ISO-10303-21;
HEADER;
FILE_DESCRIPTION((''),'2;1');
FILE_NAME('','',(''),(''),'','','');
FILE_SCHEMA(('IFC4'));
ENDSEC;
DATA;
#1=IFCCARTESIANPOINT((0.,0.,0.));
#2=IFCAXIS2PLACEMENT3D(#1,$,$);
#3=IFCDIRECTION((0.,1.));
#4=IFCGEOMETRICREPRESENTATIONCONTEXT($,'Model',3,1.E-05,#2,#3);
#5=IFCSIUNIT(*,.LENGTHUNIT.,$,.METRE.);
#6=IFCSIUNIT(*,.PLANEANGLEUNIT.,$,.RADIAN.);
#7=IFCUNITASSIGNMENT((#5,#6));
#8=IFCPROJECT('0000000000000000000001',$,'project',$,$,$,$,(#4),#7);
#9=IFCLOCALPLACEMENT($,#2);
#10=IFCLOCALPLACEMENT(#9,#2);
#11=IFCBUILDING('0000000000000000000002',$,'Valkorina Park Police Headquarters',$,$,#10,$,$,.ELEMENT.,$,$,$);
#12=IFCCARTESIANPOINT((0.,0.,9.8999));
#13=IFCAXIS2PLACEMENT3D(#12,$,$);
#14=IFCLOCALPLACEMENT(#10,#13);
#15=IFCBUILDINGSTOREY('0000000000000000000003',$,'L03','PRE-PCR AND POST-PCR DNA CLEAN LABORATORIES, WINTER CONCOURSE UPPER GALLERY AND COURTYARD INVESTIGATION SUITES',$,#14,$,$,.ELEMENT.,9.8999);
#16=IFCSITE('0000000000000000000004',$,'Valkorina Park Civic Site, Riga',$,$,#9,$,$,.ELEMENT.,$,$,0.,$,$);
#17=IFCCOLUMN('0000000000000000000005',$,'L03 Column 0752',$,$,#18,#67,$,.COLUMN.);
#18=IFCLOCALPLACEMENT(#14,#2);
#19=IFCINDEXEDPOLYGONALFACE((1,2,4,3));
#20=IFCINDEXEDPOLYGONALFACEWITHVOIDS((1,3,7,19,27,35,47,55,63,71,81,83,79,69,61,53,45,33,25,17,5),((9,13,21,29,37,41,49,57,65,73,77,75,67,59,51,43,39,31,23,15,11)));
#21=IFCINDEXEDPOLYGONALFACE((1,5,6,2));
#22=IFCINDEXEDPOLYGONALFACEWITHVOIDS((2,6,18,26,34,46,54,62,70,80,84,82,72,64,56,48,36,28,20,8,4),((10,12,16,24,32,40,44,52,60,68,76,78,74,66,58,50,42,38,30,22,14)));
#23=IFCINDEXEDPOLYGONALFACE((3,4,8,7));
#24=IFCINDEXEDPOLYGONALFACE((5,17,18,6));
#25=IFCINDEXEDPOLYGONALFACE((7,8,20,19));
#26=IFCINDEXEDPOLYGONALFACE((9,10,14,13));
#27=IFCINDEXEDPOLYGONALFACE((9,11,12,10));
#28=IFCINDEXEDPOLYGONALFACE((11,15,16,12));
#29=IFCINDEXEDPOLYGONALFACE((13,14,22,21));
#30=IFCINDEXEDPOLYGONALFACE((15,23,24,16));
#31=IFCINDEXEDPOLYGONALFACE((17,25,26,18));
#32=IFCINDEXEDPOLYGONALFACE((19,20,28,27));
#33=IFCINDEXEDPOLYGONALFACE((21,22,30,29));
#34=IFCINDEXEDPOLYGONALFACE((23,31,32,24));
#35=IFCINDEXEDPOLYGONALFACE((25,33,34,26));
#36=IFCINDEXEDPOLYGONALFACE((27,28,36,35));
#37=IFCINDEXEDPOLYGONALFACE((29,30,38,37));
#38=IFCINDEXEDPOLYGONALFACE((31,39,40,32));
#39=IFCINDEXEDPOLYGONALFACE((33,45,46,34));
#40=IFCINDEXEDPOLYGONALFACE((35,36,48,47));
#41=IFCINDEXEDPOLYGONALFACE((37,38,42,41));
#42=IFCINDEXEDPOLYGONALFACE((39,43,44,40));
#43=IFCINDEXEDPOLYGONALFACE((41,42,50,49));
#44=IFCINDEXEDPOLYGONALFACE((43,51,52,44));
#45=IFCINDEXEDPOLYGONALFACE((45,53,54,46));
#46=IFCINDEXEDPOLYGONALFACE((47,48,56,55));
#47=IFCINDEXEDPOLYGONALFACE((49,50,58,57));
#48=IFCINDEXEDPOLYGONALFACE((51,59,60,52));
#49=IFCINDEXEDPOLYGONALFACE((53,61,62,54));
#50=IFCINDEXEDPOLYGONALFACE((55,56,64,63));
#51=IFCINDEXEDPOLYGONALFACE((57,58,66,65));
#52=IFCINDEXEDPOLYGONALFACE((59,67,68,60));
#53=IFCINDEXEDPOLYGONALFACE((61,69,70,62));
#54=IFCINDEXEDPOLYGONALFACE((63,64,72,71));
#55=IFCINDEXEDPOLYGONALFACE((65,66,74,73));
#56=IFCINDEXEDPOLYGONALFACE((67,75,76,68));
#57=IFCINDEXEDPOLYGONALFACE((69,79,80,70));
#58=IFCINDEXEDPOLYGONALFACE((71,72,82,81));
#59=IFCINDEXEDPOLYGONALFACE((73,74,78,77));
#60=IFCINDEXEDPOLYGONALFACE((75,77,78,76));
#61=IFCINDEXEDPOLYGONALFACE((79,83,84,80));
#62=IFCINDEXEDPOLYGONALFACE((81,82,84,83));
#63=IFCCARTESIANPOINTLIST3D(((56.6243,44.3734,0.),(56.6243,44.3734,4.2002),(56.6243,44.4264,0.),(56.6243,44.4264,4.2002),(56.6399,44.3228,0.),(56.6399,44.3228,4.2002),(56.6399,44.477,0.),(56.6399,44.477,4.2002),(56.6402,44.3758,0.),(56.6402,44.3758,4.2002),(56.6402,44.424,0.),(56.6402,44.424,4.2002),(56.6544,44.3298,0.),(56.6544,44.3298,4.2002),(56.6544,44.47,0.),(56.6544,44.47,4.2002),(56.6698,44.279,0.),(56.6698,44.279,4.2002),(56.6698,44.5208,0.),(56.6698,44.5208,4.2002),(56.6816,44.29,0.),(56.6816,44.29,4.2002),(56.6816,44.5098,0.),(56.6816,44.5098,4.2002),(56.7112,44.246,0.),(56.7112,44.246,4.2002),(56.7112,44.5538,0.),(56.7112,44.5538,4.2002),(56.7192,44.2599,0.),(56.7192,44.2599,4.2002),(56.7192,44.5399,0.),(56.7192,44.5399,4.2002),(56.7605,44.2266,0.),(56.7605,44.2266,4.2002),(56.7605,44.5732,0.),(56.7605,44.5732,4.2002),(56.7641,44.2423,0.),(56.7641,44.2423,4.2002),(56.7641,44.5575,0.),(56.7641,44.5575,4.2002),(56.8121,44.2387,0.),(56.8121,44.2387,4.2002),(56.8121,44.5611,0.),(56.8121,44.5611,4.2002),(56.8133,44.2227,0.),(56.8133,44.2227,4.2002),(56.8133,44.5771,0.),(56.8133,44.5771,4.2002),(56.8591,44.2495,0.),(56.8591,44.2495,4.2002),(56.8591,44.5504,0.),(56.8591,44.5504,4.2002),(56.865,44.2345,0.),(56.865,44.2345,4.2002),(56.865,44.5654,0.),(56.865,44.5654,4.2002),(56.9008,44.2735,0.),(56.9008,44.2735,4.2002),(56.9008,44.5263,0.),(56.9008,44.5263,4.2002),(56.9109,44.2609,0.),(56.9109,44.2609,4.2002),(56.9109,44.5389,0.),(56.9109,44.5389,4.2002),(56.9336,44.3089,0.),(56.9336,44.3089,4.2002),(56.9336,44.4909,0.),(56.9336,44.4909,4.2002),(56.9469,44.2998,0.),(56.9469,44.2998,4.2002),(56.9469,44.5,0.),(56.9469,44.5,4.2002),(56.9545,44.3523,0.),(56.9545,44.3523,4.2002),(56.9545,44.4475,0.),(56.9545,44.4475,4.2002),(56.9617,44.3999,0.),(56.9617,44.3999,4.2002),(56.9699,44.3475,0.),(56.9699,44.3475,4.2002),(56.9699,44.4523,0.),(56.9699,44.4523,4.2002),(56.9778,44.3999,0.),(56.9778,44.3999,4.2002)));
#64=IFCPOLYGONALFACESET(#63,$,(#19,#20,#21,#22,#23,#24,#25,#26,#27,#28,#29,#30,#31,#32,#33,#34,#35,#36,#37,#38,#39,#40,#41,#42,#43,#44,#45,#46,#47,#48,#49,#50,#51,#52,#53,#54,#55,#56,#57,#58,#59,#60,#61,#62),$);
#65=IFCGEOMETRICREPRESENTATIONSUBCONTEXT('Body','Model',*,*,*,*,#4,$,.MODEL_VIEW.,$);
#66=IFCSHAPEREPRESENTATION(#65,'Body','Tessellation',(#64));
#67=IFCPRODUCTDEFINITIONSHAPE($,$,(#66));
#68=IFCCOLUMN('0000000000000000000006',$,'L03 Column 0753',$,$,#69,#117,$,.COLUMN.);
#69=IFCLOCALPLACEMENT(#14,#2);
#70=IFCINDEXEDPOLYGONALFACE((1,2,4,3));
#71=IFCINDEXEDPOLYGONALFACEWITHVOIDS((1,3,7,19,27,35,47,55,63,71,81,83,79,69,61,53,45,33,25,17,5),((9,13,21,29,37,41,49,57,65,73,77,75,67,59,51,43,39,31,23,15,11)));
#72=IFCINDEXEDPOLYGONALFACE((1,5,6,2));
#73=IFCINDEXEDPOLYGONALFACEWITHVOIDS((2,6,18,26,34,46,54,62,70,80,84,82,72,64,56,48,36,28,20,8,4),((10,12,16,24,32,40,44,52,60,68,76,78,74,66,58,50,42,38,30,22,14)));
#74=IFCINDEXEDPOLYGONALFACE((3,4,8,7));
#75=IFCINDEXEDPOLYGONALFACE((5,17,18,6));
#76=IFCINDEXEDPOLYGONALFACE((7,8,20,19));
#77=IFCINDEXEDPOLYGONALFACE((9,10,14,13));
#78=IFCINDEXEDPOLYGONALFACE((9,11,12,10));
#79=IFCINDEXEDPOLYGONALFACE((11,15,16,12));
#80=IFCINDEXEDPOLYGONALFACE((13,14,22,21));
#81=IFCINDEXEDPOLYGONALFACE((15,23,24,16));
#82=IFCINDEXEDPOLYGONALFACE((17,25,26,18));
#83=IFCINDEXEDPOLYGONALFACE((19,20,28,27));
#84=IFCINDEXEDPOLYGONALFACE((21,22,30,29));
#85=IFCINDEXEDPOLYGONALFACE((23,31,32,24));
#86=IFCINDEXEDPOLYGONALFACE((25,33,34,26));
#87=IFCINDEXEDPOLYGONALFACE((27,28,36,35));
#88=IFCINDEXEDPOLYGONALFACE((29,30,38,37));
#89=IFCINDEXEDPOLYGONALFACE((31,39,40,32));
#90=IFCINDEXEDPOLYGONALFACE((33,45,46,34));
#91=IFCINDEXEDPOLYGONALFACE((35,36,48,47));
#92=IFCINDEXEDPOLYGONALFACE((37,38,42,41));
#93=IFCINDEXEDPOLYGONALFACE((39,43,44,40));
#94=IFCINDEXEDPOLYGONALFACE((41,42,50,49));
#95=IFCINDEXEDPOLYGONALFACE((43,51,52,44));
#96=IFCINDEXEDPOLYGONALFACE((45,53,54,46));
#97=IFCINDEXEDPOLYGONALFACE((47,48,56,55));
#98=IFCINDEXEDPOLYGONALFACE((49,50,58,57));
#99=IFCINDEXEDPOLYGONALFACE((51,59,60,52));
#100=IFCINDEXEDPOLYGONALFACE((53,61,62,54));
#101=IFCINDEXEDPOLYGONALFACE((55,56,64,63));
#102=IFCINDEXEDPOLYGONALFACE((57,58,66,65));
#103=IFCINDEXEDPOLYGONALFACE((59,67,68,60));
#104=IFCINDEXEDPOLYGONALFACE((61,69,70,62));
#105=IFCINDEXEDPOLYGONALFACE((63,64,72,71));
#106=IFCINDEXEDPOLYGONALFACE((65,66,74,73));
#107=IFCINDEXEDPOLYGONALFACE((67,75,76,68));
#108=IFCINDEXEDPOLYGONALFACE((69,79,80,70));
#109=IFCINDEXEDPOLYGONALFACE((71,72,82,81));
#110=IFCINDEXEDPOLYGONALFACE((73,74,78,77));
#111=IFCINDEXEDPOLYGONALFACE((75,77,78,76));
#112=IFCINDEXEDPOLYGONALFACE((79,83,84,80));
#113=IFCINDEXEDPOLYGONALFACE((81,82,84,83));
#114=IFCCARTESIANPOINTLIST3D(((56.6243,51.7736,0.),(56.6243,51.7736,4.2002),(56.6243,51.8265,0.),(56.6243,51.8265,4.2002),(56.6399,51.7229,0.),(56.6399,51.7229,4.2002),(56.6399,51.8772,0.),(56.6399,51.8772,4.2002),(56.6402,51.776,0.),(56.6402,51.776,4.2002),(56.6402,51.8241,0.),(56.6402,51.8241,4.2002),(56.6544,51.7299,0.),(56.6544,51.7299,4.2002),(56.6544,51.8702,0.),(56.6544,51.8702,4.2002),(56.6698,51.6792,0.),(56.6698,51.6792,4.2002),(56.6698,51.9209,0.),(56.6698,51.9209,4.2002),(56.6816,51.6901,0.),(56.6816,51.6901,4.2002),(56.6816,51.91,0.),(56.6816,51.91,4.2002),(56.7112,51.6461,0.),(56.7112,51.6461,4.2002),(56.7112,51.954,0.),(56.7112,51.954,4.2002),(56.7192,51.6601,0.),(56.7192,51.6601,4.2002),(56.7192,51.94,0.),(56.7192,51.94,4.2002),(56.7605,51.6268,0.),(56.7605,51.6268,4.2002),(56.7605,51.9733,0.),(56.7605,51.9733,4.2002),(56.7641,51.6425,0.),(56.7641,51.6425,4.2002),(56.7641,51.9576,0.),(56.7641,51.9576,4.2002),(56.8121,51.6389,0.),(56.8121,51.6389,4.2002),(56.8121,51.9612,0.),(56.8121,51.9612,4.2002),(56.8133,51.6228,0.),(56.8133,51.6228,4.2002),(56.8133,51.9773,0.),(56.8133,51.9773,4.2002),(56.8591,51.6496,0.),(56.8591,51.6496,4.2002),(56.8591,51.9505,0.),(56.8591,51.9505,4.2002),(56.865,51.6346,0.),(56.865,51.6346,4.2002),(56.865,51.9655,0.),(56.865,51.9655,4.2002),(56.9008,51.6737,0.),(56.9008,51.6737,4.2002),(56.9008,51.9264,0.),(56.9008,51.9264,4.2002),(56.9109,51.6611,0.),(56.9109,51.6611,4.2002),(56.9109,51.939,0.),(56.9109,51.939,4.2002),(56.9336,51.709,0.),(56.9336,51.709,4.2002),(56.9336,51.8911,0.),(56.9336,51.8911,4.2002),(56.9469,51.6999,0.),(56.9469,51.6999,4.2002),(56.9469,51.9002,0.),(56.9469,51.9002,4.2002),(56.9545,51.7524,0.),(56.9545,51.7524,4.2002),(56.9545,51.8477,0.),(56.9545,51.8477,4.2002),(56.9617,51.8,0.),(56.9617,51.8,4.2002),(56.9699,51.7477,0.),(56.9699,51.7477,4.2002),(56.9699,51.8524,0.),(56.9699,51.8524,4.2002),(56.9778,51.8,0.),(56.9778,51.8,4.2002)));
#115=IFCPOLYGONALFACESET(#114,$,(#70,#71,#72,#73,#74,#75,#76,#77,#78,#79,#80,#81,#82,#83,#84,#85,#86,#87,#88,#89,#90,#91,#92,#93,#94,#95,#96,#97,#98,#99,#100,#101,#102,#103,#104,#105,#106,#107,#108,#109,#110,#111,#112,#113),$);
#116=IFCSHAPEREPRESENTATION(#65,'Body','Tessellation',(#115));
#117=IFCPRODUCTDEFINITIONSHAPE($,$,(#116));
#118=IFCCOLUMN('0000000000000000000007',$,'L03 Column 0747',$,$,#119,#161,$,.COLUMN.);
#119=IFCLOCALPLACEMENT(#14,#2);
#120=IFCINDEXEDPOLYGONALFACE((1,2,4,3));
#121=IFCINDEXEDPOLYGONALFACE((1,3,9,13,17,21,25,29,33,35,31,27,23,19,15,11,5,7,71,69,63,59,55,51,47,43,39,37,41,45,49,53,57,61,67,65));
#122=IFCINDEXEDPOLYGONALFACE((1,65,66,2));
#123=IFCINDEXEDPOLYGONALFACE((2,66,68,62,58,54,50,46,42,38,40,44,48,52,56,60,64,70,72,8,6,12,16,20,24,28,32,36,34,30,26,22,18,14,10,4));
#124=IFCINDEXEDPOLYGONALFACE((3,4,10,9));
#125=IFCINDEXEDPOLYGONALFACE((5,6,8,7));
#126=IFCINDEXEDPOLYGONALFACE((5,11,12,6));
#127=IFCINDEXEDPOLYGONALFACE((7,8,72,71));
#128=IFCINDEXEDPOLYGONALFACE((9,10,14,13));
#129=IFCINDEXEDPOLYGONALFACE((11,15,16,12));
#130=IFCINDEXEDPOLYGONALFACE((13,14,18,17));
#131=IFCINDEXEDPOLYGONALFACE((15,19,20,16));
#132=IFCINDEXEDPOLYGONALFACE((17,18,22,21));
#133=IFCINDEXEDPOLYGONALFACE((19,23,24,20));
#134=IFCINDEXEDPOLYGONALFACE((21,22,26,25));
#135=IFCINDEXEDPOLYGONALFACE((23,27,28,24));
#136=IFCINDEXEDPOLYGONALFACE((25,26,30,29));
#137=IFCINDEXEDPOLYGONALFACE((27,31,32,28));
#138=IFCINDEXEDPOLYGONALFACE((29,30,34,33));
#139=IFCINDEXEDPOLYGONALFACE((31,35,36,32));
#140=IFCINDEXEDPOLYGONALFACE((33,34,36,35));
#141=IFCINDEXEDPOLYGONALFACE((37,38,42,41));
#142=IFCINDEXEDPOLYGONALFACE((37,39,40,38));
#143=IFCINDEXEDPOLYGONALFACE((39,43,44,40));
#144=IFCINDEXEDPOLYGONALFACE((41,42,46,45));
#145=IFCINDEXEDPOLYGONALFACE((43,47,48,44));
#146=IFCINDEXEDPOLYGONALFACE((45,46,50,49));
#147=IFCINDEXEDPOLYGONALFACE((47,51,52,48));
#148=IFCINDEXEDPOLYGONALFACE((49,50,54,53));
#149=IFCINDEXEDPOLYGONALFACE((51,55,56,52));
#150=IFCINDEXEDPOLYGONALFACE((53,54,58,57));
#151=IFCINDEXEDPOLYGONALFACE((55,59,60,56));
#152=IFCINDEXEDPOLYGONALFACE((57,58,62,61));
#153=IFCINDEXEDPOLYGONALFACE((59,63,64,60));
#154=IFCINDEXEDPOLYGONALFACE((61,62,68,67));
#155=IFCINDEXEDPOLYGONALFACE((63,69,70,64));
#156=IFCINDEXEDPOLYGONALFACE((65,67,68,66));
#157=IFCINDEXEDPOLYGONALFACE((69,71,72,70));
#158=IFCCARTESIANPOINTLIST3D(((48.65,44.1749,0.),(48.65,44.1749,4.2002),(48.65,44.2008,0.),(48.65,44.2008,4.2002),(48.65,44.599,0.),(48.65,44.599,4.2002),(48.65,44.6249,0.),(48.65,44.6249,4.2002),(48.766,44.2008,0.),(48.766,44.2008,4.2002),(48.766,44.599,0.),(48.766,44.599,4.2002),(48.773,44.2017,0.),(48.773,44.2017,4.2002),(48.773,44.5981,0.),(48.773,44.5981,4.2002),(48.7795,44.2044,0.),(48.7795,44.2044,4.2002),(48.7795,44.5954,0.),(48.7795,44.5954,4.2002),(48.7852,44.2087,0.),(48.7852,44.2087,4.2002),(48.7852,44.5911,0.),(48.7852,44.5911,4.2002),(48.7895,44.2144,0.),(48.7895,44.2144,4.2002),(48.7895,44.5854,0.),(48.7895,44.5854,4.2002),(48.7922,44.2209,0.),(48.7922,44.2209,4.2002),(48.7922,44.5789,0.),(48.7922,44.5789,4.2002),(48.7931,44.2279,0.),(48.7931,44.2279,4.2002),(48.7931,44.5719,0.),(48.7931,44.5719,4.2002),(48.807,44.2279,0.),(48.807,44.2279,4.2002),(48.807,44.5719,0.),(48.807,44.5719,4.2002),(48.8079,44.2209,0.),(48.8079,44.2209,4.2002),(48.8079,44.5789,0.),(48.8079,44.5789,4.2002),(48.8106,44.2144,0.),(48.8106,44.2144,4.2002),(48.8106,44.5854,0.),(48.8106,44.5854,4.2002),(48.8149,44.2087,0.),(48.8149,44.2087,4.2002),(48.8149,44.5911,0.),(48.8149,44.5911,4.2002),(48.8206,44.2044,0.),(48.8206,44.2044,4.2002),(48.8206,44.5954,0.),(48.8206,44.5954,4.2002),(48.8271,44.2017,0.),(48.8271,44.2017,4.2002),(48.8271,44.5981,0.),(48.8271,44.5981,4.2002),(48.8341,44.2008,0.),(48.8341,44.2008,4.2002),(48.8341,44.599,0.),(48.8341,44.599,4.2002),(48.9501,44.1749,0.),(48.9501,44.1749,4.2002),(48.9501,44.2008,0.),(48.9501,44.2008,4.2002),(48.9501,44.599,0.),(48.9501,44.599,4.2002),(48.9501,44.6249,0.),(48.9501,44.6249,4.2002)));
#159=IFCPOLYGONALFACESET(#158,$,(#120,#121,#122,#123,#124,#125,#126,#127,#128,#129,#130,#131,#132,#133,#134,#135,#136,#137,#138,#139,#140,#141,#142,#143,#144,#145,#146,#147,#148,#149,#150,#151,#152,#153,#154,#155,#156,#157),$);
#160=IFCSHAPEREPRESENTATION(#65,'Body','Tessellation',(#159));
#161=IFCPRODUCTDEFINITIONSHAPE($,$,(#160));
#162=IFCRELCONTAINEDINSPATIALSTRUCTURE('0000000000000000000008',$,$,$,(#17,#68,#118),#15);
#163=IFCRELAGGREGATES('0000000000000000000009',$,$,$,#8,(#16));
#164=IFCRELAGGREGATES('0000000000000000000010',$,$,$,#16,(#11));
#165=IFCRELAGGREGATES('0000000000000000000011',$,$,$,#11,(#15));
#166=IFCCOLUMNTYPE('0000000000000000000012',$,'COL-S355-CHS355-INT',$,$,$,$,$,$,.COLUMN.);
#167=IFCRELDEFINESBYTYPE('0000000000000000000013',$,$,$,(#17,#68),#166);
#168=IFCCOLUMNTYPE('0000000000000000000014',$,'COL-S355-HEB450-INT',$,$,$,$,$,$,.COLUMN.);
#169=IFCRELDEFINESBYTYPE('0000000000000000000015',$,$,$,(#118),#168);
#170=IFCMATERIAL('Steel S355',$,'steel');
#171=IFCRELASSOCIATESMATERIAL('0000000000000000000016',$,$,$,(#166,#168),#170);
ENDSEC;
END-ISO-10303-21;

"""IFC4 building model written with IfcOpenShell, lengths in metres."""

from ifc_helpers import new_model, si_unit, direction, frame, origin, origin_2d, place, context, subcontext, project, spatial, hollow_circle, i_section, extrude, material, material_profile, profile_set, type_object, element, save


model = new_model("IFC4")

# Units and contexts
model_context = context("Model", 3, precision=1e-05, world=origin(), true_north=direction((0.0, 1.0)))
body_context = subcontext(model_context, "Body", "Model", "MODEL_VIEW")
ifc_project = project(units=[si_unit("LENGTHUNIT", "METRE"), si_unit("PLANEANGLEUNIT", "RADIAN")], contexts=[model_context])

# Site, building, storey
site_placement = place(None, origin())
site = spatial("IfcSite", under=ifc_project, at=site_placement, Name="Valkorina Park Civic Site, Riga", CompositionType="ELEMENT", RefElevation=0.0)
building_placement = place(site_placement, origin())
building = spatial("IfcBuilding", under=site, at=building_placement, Name="Valkorina Park Police Headquarters", CompositionType="ELEMENT")
storey_placement = place(building_placement, frame((0.0, 0.0, 9.8999)))
storey = spatial("IfcBuildingStorey", under=building, at=storey_placement, Name="L03", Description="PRE-PCR AND POST-PCR DNA CLEAN LABORATORIES, WINTER CONCOURSE UPPER GALLERY AND COURTYARD INVESTIGATION SUITES", CompositionType="ELEMENT", Elevation=9.8999)

# Columns
ifc_material_1 = material(Name="Steel S355", Category="steel")
ifc_material_profile_1 = material_profile(ifc_material_1, hollow_circle(Radius=0.1777, WallThickness=0.0161, at=origin_2d()), Name="CHS 355.6x16")
ifc_profile_set_1 = profile_set([ifc_material_profile_1], Name="Steel S355")
column_type_1 = type_object("IfcColumnType", Name="COL-S355-CHS355-INT", PredefinedType="COLUMN", material=ifc_profile_set_1)
for number, where, z_axis, x_axis, name in (
    (1, (56.8, 44.3999, 0.0), (0.0, 0.0, 1.0), (1.0, 0.0, 0.0), "L03 Column 0752"),
    (2, (56.8, 51.8, 0.0), (0.0, 0.0, 1.0), (1.0, 0.0, 0.0), "L03 Column 0753"),
):
    element("IfcColumn", number, at=place(storey_placement, frame(where, z_axis=z_axis, x_axis=x_axis)), inside=storey, type_object=column_type_1, Name=name, PredefinedType="COLUMN", context=body_context, shape_type="SweptSolid", body=[
        extrude(hollow_circle(Radius=0.1777, WallThickness=0.0161, at=origin_2d()), origin(), (0.0, 0.0, 1.0), 4.2002),
    ])
ifc_material_profile_2 = material_profile(ifc_material_1, i_section(OverallWidth=0.3, OverallDepth=0.45, WebThickness=0.0139, FlangeThickness=0.0259, FilletRadius=0.0271, at=origin_2d()), Name="HEB 450")
ifc_profile_set_2 = profile_set([ifc_material_profile_2], Name="Steel S355")
column_type_2 = type_object("IfcColumnType", Name="COL-S355-HEB450-INT", PredefinedType="COLUMN", material=ifc_profile_set_2)
column_placement = place(storey_placement, frame((48.8, 44.3999, 0.0), z_axis=(0.0, 0.0, 1.0), x_axis=(1.0, 0.0, 0.0)))
element("IfcColumn", 3, at=column_placement, inside=storey, type_object=column_type_2, Name="L03 Column 0747", PredefinedType="COLUMN", context=body_context, shape_type="SweptSolid", body=[
    extrude(i_section(OverallWidth=0.3, OverallDepth=0.45, WebThickness=0.0139, FlangeThickness=0.0259, FilletRadius=0.0271, at=origin_2d()), origin(), (0.0, 0.0, 1.0), 4.2002),
])

save(model, "model.ifc")
